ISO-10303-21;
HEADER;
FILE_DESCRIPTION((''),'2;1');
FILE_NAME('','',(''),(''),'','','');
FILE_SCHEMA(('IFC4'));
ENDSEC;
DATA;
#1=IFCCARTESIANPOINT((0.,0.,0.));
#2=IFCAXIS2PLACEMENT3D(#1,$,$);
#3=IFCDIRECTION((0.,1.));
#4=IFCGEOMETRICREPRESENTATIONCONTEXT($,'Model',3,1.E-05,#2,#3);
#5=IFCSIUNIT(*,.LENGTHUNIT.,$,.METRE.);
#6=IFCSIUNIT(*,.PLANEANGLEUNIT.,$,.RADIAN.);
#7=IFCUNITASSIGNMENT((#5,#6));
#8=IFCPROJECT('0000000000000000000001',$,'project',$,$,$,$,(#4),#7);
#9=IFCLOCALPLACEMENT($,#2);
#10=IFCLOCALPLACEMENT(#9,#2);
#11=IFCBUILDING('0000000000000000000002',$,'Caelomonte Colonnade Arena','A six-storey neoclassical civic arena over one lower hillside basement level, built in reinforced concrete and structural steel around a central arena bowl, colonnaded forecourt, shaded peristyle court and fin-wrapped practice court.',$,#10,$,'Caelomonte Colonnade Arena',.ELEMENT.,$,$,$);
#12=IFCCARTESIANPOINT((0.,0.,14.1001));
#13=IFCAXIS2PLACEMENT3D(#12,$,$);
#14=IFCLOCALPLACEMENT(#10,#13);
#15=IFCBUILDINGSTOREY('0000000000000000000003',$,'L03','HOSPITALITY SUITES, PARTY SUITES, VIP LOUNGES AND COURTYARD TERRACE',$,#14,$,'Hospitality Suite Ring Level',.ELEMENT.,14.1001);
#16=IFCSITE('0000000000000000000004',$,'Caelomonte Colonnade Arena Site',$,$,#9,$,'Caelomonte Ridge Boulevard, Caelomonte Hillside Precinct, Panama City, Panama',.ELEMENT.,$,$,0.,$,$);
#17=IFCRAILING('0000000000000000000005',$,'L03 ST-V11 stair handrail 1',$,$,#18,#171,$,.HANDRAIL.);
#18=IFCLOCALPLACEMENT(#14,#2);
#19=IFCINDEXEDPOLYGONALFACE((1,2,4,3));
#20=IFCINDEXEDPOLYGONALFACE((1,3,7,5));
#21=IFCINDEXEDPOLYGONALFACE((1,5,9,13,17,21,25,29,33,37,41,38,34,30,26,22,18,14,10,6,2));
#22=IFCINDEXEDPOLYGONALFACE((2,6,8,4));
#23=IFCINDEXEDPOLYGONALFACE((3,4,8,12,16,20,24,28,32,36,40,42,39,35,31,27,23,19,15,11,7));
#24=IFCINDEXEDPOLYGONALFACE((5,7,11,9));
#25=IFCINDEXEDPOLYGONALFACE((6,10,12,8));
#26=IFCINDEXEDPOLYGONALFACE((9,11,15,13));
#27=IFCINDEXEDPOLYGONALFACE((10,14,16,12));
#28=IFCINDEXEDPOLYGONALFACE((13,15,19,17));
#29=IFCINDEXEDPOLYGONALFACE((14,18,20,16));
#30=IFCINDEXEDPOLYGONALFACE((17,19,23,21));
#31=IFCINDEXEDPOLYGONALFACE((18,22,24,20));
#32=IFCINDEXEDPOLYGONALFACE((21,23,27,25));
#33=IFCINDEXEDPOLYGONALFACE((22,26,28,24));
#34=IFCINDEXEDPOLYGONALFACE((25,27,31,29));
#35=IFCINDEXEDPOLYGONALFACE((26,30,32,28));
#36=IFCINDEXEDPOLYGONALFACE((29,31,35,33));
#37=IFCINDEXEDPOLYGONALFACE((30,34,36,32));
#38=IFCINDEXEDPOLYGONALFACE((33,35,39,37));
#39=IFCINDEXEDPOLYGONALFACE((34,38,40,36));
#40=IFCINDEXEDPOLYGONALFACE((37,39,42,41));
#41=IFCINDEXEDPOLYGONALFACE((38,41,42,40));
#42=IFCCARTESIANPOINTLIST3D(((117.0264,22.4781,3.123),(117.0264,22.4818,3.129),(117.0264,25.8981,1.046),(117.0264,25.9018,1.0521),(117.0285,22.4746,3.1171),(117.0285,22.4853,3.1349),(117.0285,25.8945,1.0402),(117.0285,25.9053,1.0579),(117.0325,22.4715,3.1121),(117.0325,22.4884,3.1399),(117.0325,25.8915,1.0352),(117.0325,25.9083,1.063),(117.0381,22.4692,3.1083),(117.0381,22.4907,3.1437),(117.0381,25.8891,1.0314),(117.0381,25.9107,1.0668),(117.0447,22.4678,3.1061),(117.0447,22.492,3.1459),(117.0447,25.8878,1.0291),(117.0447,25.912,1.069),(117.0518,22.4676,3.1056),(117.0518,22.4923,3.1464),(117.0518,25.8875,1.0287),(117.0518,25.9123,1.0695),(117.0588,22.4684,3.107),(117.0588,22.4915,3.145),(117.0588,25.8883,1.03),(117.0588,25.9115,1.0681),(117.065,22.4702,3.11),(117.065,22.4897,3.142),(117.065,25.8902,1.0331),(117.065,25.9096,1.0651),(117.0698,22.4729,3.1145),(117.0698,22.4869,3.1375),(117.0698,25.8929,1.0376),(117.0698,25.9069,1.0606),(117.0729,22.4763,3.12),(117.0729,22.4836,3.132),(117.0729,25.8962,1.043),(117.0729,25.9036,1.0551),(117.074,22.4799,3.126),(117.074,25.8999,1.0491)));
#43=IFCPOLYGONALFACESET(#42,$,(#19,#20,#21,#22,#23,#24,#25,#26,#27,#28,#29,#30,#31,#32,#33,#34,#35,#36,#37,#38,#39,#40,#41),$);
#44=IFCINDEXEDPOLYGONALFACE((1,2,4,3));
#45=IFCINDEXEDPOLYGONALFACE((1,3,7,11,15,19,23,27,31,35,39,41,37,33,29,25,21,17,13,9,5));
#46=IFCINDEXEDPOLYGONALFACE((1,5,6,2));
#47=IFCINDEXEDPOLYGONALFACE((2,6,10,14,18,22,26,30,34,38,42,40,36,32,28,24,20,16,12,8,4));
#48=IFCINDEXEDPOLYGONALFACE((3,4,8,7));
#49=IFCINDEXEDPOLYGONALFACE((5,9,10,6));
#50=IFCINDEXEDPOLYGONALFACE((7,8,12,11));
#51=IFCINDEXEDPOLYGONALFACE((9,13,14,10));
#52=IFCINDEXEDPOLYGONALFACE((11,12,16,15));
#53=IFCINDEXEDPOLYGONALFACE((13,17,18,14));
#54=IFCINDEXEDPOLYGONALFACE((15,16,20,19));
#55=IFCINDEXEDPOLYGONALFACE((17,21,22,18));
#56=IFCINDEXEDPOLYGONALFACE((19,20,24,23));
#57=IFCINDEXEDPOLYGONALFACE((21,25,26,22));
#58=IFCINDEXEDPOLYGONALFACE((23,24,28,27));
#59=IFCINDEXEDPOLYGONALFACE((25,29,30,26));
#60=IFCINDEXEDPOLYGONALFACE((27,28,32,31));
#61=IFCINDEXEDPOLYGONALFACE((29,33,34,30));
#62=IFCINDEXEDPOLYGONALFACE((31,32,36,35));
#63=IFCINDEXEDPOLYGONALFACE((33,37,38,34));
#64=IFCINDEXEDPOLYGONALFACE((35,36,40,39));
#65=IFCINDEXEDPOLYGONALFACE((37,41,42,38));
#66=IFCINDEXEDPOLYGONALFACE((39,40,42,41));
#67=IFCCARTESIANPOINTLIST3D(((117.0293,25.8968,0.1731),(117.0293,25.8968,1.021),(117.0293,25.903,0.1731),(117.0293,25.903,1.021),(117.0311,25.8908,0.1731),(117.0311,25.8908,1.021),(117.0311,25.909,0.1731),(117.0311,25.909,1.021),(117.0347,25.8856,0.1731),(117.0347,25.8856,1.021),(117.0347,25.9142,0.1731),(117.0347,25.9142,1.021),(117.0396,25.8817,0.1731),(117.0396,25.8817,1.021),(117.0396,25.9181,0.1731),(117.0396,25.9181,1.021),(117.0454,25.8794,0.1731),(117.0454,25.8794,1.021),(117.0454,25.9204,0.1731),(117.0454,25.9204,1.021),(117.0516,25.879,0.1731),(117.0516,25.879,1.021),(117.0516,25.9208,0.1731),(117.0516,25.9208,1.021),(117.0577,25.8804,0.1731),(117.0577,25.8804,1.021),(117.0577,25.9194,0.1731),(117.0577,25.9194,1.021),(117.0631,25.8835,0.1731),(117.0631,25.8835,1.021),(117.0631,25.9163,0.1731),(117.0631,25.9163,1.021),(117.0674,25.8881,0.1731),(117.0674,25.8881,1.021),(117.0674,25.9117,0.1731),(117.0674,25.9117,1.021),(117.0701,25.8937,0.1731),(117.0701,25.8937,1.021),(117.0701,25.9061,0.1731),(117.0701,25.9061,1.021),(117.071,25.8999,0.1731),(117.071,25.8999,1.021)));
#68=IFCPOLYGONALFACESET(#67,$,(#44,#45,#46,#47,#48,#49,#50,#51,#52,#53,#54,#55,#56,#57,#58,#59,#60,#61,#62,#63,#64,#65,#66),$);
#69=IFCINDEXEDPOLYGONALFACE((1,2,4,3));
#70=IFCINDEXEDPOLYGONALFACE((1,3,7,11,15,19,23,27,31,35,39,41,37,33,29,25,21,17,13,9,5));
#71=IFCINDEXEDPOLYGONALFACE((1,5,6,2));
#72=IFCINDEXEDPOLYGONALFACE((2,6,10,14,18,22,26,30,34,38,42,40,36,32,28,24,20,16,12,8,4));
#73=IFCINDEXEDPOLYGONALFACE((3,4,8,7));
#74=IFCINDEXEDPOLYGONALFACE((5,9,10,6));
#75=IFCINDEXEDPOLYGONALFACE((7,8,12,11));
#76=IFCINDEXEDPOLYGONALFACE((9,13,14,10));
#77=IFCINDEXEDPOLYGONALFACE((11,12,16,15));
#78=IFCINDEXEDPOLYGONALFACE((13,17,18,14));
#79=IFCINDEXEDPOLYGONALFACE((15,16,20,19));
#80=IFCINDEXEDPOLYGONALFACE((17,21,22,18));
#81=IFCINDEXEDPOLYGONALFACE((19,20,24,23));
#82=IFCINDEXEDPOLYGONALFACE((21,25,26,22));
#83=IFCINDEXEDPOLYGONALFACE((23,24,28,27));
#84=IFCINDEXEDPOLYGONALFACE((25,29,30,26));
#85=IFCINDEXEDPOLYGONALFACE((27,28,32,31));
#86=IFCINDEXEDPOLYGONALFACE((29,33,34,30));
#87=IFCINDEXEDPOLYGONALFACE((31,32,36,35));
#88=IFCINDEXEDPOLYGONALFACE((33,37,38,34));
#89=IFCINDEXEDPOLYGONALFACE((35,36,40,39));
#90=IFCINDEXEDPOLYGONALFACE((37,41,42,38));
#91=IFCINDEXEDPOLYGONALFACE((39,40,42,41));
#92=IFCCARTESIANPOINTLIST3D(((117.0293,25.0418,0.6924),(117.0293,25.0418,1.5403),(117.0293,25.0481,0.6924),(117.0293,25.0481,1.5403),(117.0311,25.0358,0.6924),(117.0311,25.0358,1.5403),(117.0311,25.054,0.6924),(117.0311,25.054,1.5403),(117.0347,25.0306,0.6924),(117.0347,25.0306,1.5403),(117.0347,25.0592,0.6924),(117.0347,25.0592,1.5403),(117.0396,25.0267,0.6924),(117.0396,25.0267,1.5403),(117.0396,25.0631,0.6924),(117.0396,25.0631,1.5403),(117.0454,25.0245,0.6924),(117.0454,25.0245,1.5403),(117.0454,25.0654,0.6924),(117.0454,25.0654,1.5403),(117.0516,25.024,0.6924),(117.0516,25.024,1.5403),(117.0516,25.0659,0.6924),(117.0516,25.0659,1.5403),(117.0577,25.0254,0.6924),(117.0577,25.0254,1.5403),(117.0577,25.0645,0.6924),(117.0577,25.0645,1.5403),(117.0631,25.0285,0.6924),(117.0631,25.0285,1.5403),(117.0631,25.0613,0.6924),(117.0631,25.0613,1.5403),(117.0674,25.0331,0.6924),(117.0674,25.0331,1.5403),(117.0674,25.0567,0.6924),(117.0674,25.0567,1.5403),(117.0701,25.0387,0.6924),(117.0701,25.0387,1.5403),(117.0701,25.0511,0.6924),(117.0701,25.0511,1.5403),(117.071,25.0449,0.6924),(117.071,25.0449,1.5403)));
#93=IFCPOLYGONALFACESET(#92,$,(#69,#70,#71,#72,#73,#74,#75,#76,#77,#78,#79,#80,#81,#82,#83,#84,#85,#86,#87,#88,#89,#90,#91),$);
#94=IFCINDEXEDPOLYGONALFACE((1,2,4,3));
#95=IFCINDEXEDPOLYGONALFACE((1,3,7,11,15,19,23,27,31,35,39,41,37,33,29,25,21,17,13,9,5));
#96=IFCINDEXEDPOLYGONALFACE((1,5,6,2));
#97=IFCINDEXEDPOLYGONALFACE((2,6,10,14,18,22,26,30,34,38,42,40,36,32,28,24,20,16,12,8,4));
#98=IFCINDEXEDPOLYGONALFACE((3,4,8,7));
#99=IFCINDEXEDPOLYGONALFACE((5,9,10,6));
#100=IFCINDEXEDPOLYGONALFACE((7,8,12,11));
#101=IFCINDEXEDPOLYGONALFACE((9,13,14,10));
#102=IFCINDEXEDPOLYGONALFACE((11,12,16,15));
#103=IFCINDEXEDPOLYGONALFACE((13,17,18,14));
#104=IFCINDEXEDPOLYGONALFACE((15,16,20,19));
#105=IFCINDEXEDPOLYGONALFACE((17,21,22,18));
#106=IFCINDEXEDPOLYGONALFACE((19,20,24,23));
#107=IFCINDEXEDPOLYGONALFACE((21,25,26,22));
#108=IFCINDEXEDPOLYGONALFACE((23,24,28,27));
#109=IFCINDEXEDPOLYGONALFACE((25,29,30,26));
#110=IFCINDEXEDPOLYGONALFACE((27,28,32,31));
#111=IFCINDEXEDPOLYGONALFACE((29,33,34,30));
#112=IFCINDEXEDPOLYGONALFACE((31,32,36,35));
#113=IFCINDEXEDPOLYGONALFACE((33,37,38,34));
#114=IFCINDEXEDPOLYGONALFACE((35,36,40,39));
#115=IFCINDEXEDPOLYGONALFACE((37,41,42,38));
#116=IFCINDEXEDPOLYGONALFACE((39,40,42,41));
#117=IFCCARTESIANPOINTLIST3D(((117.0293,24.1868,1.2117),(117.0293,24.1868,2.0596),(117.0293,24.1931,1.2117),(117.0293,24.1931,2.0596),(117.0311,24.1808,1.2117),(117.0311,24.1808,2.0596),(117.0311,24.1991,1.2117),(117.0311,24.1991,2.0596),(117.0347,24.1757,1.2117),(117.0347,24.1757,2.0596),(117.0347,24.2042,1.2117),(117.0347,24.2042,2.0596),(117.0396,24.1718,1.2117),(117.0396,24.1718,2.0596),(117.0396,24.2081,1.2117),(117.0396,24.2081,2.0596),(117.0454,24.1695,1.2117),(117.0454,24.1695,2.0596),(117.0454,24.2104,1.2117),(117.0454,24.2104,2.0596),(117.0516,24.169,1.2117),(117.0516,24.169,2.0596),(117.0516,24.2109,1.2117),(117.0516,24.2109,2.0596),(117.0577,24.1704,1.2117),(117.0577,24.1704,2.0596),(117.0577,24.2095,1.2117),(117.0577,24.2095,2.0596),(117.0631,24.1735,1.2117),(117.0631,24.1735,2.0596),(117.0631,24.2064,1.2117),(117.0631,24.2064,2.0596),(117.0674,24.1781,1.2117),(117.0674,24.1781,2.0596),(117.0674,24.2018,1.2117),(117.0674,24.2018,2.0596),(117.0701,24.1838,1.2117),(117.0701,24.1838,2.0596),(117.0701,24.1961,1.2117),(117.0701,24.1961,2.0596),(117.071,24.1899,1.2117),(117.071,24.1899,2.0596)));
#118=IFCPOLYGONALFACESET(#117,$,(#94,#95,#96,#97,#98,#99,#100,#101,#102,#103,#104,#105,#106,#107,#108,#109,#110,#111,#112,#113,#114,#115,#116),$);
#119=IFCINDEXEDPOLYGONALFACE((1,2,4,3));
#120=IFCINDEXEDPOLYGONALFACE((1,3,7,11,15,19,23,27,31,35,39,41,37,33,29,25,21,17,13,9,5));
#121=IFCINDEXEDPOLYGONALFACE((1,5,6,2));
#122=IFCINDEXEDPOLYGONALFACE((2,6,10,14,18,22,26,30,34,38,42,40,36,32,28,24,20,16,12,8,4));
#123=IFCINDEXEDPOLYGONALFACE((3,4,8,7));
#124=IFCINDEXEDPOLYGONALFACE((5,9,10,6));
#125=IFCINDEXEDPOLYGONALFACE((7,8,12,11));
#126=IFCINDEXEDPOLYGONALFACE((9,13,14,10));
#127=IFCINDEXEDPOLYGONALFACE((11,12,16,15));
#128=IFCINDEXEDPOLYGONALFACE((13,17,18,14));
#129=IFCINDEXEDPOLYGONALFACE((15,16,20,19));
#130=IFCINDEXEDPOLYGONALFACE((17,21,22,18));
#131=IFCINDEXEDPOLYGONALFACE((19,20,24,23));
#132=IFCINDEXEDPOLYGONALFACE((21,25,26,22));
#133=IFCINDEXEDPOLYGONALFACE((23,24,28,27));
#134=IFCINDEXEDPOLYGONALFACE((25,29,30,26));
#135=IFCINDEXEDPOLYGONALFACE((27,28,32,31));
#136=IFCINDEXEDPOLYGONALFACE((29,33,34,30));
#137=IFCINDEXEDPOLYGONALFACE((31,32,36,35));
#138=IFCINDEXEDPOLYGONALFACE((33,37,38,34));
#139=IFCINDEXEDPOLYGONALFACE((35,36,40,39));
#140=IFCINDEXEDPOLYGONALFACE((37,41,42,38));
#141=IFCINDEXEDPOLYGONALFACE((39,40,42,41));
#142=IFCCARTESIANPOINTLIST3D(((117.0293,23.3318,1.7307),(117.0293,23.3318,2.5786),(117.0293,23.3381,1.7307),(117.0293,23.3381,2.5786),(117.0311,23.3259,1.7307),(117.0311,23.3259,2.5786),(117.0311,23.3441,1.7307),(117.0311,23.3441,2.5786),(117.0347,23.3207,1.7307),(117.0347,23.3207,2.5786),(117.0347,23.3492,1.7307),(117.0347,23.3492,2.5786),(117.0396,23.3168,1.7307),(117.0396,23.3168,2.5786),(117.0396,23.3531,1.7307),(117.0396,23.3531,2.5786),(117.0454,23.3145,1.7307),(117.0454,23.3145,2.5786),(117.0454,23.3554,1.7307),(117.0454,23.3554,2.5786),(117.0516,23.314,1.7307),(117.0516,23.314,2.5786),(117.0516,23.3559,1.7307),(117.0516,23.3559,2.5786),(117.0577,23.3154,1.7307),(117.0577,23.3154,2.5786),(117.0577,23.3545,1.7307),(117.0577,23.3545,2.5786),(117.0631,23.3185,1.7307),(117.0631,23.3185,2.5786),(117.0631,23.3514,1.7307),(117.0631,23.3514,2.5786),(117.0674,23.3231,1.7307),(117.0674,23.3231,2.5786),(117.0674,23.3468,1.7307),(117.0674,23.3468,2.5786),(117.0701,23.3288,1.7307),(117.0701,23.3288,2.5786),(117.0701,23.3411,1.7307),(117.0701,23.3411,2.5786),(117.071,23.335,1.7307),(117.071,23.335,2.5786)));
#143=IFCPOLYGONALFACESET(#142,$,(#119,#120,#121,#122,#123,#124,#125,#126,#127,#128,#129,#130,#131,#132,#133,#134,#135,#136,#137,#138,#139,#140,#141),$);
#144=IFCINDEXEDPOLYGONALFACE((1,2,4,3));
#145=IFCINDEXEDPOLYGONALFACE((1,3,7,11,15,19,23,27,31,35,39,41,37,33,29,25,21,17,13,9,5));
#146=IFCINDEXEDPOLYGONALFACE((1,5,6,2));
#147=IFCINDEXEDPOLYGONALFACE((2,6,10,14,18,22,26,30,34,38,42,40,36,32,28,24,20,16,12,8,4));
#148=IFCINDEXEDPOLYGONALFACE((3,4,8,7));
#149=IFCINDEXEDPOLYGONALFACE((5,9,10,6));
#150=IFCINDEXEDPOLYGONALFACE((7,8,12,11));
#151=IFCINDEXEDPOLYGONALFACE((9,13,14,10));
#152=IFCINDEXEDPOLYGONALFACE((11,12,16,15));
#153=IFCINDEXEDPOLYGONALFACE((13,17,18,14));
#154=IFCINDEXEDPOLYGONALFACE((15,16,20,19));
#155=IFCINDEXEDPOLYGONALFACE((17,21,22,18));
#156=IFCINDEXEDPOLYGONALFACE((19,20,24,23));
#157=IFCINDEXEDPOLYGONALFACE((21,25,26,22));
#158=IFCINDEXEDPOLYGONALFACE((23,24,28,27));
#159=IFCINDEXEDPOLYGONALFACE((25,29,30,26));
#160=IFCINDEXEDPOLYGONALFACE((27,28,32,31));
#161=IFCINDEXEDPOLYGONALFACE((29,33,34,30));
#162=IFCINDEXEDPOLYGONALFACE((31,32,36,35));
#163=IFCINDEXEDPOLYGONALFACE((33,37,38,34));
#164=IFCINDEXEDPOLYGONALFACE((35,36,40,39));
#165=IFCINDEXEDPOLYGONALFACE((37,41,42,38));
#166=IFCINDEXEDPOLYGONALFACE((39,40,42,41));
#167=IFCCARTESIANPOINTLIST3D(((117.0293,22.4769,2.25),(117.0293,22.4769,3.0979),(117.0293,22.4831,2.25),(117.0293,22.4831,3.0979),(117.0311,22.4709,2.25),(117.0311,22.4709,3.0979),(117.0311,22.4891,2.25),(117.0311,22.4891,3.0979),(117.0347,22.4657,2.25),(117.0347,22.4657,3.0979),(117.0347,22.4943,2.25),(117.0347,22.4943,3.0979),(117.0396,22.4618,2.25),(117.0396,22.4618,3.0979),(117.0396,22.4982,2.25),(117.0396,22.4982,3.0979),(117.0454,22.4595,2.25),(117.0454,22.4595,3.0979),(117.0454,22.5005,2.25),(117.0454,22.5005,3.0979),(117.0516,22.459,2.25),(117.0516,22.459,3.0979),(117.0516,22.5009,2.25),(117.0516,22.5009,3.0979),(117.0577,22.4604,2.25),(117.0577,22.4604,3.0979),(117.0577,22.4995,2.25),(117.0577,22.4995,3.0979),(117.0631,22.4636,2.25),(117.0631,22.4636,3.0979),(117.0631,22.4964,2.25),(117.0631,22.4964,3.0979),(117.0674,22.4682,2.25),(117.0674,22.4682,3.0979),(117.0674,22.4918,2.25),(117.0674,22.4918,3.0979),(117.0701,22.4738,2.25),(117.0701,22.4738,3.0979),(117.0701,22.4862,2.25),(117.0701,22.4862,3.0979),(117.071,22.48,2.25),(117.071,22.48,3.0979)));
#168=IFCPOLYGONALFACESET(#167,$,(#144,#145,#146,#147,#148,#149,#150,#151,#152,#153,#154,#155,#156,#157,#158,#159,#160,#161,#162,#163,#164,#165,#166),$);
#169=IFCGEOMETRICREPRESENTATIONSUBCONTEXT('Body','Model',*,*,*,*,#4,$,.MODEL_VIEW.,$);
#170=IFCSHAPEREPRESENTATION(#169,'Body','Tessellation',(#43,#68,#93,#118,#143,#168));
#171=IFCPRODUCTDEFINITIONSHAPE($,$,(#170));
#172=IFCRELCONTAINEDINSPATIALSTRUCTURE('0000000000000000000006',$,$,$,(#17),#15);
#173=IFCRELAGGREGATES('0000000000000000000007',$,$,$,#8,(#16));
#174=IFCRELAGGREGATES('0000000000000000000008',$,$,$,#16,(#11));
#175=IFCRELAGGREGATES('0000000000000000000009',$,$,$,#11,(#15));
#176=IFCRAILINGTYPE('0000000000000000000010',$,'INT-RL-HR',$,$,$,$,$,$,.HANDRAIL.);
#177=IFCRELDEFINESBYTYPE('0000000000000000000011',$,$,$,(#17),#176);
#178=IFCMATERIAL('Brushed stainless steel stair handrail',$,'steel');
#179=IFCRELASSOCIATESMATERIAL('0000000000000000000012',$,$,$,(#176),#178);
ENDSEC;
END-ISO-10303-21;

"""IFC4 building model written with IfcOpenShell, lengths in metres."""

from ifc_helpers import new_model, si_unit, direction, frame, origin, origin_2d, place, context, subcontext, project, spatial, circle, extrude, material, type_object, element, save


model = new_model("IFC4")

# Units and contexts
model_context = context("Model", 3, precision=1e-05, world=origin(), true_north=direction((0.0, 1.0)))
body_context = subcontext(model_context, "Body", "Model", "MODEL_VIEW")
ifc_project = project(units=[si_unit("LENGTHUNIT", "METRE"), si_unit("PLANEANGLEUNIT", "RADIAN")], contexts=[model_context])

# Site, building, storey
site_placement = place(None, origin())
site = spatial("IfcSite", under=ifc_project, at=site_placement, Name="Caelomonte Colonnade Arena Site", LongName="Caelomonte Ridge Boulevard, Caelomonte Hillside Precinct, Panama City, Panama", CompositionType="ELEMENT", RefElevation=0.0)
building_placement = place(site_placement, origin())
building = spatial("IfcBuilding", under=site, at=building_placement, Name="Caelomonte Colonnade Arena", Description="A six-storey neoclassical civic arena over one lower hillside basement level, built in reinforced concrete and structural steel around a central arena bowl, colonnaded forecourt, shaded peristyle court and fin-wrapped practice court.", LongName="Caelomonte Colonnade Arena", CompositionType="ELEMENT")
storey_placement = place(building_placement, frame((0.0, 0.0, 14.1001)))
storey = spatial("IfcBuildingStorey", under=building, at=storey_placement, Name="L03", Description="HOSPITALITY SUITES, PARTY SUITES, VIP LOUNGES AND COURTYARD TERRACE", LongName="Hospitality Suite Ring Level", CompositionType="ELEMENT", Elevation=14.1001)

# Railing
ifc_material_1 = material(Name="Brushed stainless steel stair handrail", Category="steel")
railing_type_1 = type_object("IfcRailingType", Name="INT-RL-HR", PredefinedType="HANDRAIL", material=ifc_material_1)
railing_1_placement = place(storey_placement, frame((117.05, 25.8999, 0.1731)))
element("IfcRailing", 1, at=railing_1_placement, inside=storey, type_object=railing_type_1, Name="L03 ST-V11 stair handrail 1", PredefinedType="HANDRAIL", context=body_context, shape_type="SweptSolid", body=[
    extrude(circle(Radius=0.0239, at=origin_2d()), frame((0.0, 0.0, 0.876), z_axis=(0.0, -0.85473, 0.519074), x_axis=(1.0, 0.0, 0.0)), (0.0, 0.0, 1.0), 4.0012),
    extrude(circle(Radius=0.021, at=origin_2d()), origin(), (0.0, 0.0, 1.0), 0.8479),
    extrude(circle(Radius=0.021, at=origin_2d()), frame((0.0, -0.855, 0.5193)), (0.0, 0.0, 1.0), 0.8479),
    extrude(circle(Radius=0.021, at=origin_2d()), frame((0.0, -1.71, 1.0386)), (0.0, 0.0, 1.0), 0.8479),
    extrude(circle(Radius=0.021, at=origin_2d()), frame((0.0, -2.5649, 1.5576)), (0.0, 0.0, 1.0), 0.8479),
    extrude(circle(Radius=0.021, at=origin_2d()), frame((0.0, -3.4199, 2.0769)), (0.0, 0.0, 1.0), 0.8479),
])

save(model, "model.ifc")
